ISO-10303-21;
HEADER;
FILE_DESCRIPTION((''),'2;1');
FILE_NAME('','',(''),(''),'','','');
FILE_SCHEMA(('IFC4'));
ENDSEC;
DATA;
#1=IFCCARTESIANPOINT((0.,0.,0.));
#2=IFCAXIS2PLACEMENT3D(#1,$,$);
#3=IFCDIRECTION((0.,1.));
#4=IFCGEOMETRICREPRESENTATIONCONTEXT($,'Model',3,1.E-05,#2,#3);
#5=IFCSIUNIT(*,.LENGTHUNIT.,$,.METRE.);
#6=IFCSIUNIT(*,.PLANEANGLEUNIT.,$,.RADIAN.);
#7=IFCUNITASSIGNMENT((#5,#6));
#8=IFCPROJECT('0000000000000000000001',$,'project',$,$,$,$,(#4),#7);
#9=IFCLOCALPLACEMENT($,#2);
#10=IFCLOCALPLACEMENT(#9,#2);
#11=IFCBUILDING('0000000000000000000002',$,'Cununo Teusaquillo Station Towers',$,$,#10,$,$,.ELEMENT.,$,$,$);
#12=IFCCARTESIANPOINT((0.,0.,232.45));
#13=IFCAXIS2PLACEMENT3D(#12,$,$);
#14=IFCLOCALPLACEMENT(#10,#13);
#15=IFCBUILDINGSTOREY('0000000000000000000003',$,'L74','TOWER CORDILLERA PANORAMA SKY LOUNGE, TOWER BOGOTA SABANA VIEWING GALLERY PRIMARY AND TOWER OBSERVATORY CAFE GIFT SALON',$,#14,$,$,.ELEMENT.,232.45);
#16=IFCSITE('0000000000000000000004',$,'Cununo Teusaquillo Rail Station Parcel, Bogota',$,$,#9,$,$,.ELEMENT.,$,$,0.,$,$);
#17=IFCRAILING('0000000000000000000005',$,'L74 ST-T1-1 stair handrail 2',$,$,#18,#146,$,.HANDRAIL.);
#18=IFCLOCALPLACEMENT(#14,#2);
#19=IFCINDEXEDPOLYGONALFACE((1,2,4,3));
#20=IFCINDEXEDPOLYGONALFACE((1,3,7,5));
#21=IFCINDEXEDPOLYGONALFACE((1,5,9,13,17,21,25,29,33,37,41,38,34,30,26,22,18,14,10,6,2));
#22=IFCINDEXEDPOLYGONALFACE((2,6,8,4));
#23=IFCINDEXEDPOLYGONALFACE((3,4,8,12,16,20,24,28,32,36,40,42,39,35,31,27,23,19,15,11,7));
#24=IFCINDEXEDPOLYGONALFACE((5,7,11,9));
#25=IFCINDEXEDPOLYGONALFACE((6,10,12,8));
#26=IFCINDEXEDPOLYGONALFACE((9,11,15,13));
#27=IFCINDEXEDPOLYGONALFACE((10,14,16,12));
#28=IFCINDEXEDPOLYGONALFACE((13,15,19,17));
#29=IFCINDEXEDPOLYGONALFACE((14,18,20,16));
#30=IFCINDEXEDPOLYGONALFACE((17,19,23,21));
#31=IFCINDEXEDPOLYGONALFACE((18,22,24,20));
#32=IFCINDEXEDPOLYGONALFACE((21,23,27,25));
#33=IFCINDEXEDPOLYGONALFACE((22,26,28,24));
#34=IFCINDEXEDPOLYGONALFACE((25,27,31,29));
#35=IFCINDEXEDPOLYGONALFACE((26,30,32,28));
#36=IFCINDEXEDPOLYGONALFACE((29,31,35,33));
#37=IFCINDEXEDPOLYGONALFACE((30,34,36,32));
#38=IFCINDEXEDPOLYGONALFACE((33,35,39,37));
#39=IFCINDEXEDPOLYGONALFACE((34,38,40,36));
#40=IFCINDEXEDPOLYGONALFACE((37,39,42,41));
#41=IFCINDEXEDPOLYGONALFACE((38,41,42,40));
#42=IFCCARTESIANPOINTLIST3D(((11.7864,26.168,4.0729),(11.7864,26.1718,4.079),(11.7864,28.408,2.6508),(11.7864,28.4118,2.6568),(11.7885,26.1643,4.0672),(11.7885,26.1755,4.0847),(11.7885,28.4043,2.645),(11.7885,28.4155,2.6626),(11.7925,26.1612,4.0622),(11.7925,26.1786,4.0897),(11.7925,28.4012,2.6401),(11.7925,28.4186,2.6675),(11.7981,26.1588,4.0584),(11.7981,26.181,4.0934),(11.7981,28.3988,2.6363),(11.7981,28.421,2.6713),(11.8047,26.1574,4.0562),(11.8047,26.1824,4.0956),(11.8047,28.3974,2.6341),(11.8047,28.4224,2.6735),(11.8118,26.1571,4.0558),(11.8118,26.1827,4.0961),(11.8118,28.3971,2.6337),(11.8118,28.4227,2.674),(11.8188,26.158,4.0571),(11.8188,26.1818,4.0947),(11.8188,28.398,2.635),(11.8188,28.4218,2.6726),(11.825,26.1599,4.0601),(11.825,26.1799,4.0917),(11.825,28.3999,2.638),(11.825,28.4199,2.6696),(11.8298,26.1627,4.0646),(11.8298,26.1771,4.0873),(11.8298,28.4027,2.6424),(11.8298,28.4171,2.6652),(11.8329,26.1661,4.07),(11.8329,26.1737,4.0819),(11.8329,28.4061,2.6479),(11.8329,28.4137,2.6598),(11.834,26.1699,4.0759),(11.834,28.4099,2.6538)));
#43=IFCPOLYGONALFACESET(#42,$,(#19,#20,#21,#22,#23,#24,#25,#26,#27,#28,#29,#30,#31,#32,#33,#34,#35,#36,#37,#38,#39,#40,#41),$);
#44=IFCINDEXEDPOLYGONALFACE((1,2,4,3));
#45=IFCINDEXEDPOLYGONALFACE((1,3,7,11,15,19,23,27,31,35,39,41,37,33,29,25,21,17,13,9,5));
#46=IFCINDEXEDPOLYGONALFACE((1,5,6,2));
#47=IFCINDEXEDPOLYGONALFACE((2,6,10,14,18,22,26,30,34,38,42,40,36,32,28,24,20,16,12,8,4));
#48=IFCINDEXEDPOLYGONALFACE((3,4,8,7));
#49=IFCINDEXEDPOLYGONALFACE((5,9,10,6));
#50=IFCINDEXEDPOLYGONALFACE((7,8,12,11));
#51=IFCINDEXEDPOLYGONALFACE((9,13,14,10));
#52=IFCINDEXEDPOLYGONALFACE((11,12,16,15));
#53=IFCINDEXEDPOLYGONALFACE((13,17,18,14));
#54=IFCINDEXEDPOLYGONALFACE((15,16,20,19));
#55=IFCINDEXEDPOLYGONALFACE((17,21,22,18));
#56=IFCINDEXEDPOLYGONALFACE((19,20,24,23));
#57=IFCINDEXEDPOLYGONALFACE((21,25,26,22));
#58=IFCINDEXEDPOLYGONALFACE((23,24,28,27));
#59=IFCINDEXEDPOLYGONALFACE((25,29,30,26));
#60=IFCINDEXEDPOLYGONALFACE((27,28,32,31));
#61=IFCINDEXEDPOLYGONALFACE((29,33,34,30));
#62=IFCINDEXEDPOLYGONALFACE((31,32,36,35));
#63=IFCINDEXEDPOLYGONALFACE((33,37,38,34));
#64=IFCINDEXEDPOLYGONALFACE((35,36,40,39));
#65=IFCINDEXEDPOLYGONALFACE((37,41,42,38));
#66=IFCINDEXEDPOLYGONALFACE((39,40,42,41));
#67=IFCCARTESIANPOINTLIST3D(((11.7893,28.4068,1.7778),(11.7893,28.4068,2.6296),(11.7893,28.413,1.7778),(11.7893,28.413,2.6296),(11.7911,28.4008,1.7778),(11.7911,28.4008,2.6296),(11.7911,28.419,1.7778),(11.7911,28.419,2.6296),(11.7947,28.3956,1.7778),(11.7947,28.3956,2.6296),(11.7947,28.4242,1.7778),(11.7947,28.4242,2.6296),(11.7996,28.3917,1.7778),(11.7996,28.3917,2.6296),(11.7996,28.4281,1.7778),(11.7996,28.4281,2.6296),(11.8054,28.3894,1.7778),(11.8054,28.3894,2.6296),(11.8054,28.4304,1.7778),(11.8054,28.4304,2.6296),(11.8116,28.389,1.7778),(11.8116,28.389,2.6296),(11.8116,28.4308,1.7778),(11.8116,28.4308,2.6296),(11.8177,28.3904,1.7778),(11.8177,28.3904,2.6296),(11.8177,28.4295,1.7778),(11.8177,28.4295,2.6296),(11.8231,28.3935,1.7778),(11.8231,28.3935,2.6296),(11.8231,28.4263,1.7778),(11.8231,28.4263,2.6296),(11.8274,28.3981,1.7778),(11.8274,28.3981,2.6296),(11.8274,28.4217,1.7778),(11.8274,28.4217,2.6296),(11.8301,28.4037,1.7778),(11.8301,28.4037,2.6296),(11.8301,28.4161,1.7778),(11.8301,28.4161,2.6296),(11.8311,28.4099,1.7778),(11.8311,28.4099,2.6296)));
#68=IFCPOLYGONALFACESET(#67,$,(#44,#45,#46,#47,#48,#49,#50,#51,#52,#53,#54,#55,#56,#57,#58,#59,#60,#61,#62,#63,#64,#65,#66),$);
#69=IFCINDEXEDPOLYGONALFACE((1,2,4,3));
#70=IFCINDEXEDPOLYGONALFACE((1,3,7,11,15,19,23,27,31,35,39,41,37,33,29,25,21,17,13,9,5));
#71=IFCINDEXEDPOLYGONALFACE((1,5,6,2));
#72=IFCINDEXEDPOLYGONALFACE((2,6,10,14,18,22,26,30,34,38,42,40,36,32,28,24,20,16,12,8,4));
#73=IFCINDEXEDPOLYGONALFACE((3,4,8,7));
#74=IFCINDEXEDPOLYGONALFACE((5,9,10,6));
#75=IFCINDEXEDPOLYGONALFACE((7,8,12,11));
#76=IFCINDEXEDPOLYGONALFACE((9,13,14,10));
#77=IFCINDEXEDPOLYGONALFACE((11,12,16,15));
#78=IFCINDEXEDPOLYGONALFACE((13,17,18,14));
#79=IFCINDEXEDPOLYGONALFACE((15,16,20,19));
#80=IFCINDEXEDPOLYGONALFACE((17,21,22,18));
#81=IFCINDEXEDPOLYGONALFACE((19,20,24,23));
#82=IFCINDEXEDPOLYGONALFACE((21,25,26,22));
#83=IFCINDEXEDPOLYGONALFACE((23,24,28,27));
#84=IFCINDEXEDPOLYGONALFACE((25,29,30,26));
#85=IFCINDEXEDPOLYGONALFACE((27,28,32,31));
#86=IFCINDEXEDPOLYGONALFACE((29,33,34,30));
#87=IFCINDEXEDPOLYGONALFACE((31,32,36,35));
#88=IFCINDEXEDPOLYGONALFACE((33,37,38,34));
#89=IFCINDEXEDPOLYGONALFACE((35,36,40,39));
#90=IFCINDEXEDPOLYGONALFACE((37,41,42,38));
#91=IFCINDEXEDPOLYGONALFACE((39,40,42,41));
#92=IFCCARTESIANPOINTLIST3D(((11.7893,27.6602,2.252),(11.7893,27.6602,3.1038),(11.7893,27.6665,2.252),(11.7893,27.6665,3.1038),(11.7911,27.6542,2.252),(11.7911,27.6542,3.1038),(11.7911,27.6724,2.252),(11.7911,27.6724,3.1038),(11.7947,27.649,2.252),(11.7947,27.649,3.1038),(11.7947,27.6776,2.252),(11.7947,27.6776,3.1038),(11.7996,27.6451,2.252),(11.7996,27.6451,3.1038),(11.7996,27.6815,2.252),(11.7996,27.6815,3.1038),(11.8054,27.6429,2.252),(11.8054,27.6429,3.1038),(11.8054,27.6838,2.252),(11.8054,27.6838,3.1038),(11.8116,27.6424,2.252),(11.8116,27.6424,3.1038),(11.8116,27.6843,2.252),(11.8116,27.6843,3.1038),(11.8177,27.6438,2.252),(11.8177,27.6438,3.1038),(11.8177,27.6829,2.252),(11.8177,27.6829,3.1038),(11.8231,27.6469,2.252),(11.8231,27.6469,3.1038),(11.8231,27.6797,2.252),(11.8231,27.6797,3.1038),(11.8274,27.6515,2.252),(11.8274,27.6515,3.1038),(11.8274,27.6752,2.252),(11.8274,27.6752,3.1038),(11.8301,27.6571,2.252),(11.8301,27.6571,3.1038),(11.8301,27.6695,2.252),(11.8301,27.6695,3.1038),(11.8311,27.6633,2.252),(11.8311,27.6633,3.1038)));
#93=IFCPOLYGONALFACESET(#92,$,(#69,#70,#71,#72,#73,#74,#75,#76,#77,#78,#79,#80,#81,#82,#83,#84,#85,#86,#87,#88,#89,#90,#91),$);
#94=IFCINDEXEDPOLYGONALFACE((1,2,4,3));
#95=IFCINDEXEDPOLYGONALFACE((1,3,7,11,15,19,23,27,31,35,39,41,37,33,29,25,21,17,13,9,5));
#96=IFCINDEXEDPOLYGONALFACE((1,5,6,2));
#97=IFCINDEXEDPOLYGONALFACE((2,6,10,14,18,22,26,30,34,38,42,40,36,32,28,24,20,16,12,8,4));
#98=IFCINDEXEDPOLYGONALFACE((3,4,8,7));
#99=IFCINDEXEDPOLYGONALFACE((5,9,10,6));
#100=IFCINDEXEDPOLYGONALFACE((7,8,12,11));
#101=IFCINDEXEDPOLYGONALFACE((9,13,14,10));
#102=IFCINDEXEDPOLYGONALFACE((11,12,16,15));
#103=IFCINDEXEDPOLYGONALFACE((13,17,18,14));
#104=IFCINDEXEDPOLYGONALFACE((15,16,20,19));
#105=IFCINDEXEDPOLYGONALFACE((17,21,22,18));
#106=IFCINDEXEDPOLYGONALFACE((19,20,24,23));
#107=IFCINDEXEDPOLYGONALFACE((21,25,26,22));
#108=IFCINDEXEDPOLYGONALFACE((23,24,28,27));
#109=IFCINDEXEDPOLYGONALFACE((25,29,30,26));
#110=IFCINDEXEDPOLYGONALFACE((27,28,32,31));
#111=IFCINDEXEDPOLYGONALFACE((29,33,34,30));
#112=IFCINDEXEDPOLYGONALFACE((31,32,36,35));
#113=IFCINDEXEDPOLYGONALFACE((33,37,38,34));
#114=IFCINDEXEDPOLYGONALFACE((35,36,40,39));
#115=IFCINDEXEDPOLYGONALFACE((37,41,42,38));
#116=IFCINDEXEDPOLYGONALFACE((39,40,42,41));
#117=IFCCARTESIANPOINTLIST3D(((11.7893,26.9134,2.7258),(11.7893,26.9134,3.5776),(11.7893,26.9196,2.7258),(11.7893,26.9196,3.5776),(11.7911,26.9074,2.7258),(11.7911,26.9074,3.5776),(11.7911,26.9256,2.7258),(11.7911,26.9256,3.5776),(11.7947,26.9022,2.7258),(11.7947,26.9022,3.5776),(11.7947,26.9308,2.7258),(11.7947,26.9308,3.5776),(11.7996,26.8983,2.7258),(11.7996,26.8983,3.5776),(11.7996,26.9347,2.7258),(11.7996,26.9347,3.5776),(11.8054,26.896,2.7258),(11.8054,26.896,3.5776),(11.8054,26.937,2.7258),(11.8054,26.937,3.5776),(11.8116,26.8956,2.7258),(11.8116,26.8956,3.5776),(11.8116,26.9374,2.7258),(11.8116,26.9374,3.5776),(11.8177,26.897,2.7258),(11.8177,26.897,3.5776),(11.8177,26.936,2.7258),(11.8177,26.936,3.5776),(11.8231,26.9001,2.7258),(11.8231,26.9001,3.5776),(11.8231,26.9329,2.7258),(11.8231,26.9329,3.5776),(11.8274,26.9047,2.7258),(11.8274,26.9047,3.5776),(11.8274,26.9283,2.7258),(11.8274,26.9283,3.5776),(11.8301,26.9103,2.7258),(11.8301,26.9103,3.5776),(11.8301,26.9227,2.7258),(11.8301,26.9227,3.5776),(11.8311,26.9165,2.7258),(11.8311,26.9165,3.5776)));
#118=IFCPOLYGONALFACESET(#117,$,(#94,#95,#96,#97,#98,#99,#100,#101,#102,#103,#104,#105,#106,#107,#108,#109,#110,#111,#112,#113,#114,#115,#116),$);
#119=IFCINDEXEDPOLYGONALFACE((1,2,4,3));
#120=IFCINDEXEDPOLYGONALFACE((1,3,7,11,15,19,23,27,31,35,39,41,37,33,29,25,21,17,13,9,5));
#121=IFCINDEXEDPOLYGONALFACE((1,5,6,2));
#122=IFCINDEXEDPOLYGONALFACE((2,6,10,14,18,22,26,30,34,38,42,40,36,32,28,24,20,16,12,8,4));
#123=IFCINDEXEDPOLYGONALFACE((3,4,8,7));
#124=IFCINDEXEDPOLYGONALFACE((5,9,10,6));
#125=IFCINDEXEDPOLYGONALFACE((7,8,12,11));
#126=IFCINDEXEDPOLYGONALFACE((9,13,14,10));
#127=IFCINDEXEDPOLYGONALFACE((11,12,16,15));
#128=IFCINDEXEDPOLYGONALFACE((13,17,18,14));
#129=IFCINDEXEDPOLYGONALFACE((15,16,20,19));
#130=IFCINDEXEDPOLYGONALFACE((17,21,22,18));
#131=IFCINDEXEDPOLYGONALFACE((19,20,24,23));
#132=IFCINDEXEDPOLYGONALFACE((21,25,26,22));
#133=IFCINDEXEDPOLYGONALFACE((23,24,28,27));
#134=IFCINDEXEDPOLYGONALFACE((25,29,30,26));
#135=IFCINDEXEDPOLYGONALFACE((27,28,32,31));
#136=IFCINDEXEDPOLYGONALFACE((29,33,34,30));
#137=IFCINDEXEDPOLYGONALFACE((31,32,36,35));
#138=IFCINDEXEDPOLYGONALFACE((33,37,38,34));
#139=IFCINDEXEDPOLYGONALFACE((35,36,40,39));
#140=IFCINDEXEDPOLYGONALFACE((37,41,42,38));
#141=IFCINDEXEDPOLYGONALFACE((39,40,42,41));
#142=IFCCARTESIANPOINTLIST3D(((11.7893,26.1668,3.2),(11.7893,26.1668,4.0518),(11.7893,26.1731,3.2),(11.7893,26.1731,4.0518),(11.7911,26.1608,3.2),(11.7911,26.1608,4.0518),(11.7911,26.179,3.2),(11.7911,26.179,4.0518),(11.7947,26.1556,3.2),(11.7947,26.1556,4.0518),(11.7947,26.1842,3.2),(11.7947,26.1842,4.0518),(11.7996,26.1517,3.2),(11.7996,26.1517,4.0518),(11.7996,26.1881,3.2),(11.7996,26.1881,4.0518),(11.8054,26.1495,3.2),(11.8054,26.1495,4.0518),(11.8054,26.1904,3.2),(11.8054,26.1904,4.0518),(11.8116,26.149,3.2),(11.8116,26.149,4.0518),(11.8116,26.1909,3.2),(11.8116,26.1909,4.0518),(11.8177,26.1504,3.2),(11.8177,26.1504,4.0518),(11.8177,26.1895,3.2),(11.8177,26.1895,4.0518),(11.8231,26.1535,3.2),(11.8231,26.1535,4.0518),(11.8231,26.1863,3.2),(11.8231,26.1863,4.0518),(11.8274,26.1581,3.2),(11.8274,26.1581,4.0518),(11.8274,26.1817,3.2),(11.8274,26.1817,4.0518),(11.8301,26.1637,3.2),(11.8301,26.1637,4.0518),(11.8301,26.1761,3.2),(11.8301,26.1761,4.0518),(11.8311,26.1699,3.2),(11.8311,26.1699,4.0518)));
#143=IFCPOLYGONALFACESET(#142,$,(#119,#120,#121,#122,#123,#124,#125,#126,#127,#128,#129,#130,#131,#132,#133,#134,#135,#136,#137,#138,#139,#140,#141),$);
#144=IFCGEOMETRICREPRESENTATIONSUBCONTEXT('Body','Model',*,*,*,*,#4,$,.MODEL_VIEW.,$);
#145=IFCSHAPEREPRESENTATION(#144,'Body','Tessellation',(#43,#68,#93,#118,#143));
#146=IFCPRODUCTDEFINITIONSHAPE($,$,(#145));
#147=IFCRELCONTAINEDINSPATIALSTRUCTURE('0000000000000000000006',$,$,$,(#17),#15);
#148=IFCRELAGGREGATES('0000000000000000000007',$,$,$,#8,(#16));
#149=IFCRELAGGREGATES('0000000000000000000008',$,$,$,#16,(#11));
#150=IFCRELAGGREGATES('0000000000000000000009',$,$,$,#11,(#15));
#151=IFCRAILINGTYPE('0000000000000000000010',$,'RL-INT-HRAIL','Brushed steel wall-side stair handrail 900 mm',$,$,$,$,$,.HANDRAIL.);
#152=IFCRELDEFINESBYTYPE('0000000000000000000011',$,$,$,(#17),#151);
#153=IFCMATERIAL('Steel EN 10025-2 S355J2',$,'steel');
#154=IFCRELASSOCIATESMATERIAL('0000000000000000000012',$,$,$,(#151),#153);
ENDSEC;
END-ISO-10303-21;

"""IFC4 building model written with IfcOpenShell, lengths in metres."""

from ifc_helpers import new_model, si_unit, direction, frame, origin, origin_2d, place, context, subcontext, project, spatial, circle, extrude, material, type_object, element, save


model = new_model("IFC4")

# Units and contexts
model_context = context("Model", 3, precision=1e-05, world=origin(), true_north=direction((0.0, 1.0)))
body_context = subcontext(model_context, "Body", "Model", "MODEL_VIEW")
ifc_project = project(units=[si_unit("LENGTHUNIT", "METRE"), si_unit("PLANEANGLEUNIT", "RADIAN")], contexts=[model_context])

# Site, building, storey
site_placement = place(None, origin())
site = spatial("IfcSite", under=ifc_project, at=site_placement, Name="Cununo Teusaquillo Rail Station Parcel, Bogota", CompositionType="ELEMENT", RefElevation=0.0)
building_placement = place(site_placement, origin())
building = spatial("IfcBuilding", under=site, at=building_placement, Name="Cununo Teusaquillo Station Towers", CompositionType="ELEMENT")
storey_placement = place(building_placement, frame((0.0, 0.0, 232.45)))
storey = spatial("IfcBuildingStorey", under=building, at=storey_placement, Name="L74", Description="TOWER CORDILLERA PANORAMA SKY LOUNGE, TOWER BOGOTA SABANA VIEWING GALLERY PRIMARY AND TOWER OBSERVATORY CAFE GIFT SALON", CompositionType="ELEMENT", Elevation=232.45)

# Railing
ifc_material_1 = material(Name="Steel EN 10025-2 S355J2", Category="steel")
railing_type_1 = type_object("IfcRailingType", Name="RL-INT-HRAIL", Description="Brushed steel wall-side stair handrail 900 mm", PredefinedType="HANDRAIL", material=ifc_material_1)
railing_1_placement = place(storey_placement, frame((11.8101, 28.4099, 1.7778)))
element("IfcRailing", 1, at=railing_1_placement, inside=storey, type_object=railing_type_1, Name="L74 ST-T1-1 stair handrail 2", PredefinedType="HANDRAIL", context=body_context, shape_type="SweptSolid", body=[
    extrude(circle(Radius=0.0239, at=origin_2d()), frame((0.0, 0.0, 0.876), z_axis=(0.0, -0.844229, 0.535982), x_axis=(1.0, 0.0, 0.0)), (0.0, 0.0, 1.0), 2.6533),
    extrude(circle(Radius=0.021, at=origin_2d()), origin(), (0.0, 0.0, 1.0), 0.8518),
    extrude(circle(Radius=0.021, at=origin_2d()), frame((0.0, -0.7466, 0.4741)), (0.0, 0.0, 1.0), 0.8518),
    extrude(circle(Radius=0.021, at=origin_2d()), frame((0.0, -1.4934, 0.948)), (0.0, 0.0, 1.0), 0.8518),
    extrude(circle(Radius=0.021, at=origin_2d()), frame((0.0, -2.24, 1.4221)), (0.0, 0.0, 1.0), 0.8518),
])

save(model, "model.ifc")
